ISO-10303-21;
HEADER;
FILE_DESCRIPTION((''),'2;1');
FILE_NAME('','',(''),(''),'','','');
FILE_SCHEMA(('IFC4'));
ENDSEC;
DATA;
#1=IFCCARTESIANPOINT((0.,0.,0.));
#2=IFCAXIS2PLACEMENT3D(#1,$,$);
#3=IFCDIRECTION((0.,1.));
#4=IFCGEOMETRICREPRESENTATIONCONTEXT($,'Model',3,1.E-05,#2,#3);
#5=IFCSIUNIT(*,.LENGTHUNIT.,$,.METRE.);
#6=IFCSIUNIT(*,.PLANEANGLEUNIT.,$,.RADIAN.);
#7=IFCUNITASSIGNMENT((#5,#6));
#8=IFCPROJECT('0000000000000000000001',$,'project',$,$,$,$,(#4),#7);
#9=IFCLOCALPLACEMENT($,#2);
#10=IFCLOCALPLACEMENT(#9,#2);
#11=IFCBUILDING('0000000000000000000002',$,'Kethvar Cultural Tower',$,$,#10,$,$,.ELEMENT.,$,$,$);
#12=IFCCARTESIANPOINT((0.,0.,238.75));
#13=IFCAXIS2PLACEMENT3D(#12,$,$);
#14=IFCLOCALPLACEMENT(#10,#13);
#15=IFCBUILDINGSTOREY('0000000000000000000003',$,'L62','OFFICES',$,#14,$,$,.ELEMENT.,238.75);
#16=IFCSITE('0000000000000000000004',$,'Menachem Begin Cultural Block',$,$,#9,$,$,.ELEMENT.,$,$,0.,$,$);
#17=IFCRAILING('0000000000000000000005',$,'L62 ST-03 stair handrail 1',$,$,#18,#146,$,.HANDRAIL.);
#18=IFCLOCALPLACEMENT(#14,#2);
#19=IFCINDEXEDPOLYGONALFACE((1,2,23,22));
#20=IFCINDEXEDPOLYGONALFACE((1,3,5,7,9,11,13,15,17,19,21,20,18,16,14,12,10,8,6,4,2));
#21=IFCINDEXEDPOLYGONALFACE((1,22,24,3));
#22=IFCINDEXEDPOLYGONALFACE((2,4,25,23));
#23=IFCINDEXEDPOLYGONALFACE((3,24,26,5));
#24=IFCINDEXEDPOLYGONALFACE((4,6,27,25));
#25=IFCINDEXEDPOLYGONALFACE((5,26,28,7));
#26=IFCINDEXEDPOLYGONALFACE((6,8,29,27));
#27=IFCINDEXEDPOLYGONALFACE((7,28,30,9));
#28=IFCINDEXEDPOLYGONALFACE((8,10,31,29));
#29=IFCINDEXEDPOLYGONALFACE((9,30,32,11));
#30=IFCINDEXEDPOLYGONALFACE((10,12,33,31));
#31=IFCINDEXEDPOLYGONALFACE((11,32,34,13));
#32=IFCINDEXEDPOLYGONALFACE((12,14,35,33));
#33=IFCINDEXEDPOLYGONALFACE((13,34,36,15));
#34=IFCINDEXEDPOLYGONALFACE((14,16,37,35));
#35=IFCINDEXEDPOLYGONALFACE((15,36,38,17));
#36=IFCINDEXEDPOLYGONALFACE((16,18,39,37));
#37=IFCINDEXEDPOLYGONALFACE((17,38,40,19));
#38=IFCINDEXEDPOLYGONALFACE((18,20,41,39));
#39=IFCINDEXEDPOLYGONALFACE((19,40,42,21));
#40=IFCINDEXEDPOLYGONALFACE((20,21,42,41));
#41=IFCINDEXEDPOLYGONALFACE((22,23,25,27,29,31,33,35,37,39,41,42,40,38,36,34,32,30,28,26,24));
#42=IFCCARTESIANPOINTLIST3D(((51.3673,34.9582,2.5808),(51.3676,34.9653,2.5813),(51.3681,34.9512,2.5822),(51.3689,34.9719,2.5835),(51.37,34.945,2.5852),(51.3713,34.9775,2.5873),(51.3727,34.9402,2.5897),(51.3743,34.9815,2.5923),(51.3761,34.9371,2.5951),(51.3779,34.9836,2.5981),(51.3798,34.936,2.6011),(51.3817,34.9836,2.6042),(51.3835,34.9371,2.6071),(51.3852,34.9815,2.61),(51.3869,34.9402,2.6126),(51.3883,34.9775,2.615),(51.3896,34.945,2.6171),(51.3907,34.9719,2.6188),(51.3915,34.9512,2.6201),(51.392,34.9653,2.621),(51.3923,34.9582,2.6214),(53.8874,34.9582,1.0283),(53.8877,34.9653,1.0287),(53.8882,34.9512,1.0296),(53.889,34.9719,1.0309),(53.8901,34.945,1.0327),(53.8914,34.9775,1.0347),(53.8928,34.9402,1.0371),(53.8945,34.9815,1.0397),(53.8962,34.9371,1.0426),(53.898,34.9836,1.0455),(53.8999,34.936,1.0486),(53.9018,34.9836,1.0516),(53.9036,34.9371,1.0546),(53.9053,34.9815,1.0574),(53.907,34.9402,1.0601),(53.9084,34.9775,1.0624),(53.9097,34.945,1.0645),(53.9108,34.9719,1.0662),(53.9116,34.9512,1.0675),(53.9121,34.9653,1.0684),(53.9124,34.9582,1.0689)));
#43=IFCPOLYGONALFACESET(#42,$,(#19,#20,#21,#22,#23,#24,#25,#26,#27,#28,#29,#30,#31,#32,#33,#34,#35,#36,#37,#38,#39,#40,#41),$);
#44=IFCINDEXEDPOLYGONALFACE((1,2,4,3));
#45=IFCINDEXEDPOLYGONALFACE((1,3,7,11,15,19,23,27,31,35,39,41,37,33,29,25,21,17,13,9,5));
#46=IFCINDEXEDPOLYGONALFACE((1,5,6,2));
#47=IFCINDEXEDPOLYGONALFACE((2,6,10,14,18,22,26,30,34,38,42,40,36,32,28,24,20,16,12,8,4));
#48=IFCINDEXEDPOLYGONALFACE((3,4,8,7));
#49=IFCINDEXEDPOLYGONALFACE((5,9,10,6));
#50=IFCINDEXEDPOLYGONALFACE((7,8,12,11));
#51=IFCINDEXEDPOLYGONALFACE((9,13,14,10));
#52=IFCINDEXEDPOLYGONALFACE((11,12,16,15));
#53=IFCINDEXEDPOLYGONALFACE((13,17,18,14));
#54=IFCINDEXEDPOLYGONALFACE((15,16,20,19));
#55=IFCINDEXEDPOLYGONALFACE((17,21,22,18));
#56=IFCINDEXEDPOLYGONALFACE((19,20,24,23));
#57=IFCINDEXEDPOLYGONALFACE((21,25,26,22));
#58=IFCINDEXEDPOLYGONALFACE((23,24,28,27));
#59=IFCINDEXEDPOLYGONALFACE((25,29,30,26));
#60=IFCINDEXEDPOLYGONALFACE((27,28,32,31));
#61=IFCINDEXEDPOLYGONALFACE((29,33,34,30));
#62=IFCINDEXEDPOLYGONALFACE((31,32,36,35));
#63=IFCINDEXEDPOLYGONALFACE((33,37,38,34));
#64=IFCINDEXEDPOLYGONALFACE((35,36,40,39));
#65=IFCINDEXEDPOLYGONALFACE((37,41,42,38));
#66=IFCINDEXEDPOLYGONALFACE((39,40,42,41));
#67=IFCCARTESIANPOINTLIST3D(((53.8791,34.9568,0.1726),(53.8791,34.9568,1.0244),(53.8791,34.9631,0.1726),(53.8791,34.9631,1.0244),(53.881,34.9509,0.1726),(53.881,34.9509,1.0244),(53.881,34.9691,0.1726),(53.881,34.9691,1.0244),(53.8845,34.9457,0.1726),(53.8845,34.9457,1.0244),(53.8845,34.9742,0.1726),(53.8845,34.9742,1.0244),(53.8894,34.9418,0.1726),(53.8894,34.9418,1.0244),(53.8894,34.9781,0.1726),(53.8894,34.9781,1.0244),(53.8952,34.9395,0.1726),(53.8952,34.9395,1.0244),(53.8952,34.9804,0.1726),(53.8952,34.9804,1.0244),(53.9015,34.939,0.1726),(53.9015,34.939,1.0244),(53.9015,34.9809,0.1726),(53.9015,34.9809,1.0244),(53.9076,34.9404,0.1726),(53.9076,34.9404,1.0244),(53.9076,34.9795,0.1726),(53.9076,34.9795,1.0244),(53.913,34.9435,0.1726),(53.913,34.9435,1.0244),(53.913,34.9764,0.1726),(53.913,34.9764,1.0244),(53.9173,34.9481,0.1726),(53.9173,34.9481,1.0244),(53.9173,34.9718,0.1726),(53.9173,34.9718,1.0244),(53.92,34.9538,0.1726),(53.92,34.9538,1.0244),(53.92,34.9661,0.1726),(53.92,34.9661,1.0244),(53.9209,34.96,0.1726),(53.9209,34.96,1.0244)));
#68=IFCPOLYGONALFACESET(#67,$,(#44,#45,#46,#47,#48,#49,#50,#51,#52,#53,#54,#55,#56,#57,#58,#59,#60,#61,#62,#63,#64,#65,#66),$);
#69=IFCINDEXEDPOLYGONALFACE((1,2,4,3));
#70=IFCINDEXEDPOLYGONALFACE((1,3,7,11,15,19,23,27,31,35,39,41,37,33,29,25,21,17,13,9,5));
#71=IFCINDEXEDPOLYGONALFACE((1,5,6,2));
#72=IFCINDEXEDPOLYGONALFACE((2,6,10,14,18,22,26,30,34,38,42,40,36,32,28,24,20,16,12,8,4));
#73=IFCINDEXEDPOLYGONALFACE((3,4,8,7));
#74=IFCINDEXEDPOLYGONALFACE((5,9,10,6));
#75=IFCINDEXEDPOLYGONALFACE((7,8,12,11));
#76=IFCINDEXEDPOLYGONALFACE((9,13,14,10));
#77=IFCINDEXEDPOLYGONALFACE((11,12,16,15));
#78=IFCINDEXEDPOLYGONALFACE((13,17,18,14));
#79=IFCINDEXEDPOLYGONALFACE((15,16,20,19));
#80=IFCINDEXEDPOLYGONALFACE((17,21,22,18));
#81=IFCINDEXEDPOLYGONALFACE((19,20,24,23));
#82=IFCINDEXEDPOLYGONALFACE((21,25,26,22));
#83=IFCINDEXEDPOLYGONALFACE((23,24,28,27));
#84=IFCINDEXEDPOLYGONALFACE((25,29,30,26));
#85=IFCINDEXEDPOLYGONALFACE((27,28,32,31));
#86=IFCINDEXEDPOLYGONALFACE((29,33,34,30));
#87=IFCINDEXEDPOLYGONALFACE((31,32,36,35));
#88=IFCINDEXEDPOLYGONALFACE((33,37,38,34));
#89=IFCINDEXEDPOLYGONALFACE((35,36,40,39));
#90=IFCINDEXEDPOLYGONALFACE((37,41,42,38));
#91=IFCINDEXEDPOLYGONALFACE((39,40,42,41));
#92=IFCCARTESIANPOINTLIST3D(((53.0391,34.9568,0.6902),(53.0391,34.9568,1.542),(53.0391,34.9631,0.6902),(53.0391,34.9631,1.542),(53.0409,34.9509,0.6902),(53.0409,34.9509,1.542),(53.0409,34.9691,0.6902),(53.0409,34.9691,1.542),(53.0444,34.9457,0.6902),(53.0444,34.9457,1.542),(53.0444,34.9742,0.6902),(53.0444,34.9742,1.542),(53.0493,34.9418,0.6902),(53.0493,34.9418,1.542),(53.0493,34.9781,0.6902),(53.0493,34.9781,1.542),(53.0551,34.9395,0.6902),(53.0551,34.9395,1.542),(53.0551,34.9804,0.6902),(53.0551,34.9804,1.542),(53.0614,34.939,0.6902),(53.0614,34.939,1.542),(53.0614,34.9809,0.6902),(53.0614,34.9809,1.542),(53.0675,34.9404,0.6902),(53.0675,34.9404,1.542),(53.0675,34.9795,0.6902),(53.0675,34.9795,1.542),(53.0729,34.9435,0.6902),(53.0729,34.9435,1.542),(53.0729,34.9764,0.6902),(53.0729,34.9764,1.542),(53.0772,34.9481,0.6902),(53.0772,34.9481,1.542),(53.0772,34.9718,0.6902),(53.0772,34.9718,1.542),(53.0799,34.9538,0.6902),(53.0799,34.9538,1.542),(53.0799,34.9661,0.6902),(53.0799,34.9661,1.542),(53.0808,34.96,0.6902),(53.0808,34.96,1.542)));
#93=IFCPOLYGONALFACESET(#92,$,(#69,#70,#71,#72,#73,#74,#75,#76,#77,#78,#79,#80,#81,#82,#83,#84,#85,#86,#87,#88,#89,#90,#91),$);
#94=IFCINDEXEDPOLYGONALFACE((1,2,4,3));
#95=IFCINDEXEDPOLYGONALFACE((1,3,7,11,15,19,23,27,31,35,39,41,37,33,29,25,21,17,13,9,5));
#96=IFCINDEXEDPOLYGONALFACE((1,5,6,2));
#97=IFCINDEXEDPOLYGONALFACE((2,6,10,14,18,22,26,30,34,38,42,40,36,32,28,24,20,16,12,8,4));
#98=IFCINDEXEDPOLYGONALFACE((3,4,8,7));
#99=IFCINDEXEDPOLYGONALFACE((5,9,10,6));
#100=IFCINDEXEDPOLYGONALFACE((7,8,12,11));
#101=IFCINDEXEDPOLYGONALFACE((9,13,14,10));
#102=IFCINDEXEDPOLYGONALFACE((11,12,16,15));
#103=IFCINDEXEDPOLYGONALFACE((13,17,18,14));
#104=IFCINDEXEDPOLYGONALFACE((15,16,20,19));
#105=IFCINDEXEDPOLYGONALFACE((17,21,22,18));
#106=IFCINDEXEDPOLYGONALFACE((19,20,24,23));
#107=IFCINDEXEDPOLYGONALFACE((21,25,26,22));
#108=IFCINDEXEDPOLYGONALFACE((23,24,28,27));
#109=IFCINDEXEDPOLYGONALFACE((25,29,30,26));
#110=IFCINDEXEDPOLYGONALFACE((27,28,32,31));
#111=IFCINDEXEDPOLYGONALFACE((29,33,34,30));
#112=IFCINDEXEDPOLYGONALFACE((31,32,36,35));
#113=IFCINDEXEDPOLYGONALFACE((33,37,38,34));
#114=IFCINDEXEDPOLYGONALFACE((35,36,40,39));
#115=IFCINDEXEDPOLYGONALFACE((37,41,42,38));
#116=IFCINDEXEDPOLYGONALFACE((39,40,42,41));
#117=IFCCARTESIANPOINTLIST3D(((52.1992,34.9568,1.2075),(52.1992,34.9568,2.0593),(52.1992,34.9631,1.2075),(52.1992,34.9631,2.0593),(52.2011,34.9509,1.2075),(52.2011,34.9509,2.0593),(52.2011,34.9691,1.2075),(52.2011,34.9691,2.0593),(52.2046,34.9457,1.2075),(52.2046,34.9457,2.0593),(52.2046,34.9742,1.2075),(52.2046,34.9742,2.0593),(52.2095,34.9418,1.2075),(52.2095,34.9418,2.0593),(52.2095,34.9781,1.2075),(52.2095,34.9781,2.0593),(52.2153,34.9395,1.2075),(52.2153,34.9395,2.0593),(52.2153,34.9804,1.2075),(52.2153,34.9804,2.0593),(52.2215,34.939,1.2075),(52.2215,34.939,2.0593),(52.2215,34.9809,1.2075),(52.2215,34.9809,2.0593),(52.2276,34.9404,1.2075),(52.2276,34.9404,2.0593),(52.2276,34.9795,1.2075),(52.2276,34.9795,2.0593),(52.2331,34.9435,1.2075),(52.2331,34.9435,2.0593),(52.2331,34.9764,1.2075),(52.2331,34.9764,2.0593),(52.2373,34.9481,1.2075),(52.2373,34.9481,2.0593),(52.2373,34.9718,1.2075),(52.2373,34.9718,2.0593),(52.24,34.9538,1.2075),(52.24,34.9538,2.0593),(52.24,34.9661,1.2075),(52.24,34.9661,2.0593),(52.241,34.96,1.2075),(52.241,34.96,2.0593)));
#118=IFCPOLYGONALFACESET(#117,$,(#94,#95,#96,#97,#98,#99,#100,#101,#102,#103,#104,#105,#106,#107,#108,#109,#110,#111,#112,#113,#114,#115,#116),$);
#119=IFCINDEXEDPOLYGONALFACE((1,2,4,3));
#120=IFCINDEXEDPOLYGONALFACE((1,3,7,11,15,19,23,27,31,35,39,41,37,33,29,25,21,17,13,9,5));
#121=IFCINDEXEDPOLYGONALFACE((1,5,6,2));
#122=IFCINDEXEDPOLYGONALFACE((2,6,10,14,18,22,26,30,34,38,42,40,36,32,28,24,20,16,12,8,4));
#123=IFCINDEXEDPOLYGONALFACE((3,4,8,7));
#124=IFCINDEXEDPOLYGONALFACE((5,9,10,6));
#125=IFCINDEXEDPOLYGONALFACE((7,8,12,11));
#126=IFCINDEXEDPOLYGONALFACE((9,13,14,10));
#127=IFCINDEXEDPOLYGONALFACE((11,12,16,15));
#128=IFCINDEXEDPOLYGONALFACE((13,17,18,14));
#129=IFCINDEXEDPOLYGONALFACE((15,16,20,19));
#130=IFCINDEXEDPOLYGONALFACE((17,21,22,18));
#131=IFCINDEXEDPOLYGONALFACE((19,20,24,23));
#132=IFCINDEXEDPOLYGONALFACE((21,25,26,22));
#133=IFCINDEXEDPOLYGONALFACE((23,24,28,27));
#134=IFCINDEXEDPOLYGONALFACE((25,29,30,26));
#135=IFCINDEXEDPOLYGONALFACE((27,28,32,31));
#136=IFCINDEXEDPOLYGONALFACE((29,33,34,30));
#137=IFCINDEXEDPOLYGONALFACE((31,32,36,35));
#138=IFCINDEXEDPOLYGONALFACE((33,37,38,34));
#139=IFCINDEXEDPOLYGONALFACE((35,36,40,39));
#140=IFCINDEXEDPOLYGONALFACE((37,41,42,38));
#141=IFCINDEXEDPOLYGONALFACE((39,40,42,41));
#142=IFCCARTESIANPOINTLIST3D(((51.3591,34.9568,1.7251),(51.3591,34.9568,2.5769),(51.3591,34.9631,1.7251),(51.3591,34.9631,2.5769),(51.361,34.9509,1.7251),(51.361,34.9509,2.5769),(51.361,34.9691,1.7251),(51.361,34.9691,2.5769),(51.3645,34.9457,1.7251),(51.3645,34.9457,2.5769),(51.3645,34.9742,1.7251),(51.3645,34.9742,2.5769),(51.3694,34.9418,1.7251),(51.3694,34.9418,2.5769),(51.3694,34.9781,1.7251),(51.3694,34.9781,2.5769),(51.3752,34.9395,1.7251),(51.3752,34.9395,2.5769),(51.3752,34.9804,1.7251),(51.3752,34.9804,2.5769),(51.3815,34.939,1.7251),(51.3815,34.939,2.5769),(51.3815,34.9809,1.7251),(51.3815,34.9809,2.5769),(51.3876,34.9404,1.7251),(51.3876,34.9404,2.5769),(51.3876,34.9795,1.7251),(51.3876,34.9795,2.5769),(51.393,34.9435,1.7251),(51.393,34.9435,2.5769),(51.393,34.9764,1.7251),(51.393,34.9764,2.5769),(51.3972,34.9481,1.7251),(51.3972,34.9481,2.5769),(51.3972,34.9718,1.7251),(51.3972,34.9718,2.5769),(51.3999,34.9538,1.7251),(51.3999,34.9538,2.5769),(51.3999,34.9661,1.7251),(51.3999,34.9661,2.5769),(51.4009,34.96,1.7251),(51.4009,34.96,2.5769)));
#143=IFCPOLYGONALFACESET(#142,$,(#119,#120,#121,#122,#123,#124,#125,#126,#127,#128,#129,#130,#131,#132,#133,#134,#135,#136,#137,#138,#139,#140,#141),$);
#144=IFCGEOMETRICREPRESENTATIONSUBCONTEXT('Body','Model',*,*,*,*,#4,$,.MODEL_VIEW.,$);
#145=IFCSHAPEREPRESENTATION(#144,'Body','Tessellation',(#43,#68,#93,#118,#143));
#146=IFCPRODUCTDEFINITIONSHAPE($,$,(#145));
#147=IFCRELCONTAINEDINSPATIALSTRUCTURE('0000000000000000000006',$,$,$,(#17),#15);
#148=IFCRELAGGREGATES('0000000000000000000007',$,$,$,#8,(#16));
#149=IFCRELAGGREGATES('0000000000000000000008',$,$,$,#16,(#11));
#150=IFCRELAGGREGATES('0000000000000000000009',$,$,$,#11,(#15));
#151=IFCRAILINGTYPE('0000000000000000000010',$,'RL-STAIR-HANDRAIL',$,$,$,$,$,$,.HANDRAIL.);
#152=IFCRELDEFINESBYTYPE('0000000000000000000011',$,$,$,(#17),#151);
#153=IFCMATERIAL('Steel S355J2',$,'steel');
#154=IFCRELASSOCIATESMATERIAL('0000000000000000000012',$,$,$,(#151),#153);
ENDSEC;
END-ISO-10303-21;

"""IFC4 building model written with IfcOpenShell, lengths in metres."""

from ifc_helpers import new_model, si_unit, direction, frame, origin, origin_2d, place, context, subcontext, project, spatial, circle, extrude, material, type_object, element, save


model = new_model("IFC4")

# Units and contexts
model_context = context("Model", 3, precision=1e-05, world=origin(), true_north=direction((0.0, 1.0)))
body_context = subcontext(model_context, "Body", "Model", "MODEL_VIEW")
ifc_project = project(units=[si_unit("LENGTHUNIT", "METRE"), si_unit("PLANEANGLEUNIT", "RADIAN")], contexts=[model_context])

# Site, building, storey
site_placement = place(None, origin())
site = spatial("IfcSite", under=ifc_project, at=site_placement, Name="Menachem Begin Cultural Block", CompositionType="ELEMENT", RefElevation=0.0)
building_placement = place(site_placement, origin())
building = spatial("IfcBuilding", under=site, at=building_placement, Name="Kethvar Cultural Tower", CompositionType="ELEMENT")
storey_placement = place(building_placement, frame((0.0, 0.0, 238.75)))
storey = spatial("IfcBuildingStorey", under=building, at=storey_placement, Name="L62", Description="OFFICES", CompositionType="ELEMENT", Elevation=238.75)

# Shared definitions
ifc_material_1 = material(Name="Steel S355J2", Category="steel")

# Railing
railing_type_1 = type_object("IfcRailingType", Name="RL-STAIR-HANDRAIL", PredefinedType="HANDRAIL", material=ifc_material_1)
railing_1_placement = place(storey_placement, frame((53.8999, 34.96, 0.1726)))
element("IfcRailing", 1, at=railing_1_placement, inside=storey, type_object=railing_type_1, Name="L62 ST-03 stair handrail 1", PredefinedType="HANDRAIL", context=body_context, shape_type="SweptSolid", body=[
    extrude(circle(Radius=0.0239, at=origin_2d()), frame((0.0, 0.0, 0.876), z_axis=(-0.8514, 0.0, 0.524516), x_axis=(0.0, -1.0, 0.0)), (0.0, 0.0, 1.0), 2.96),
    extrude(circle(Radius=0.021, at=origin_2d()), origin(), (0.0, 0.0, 1.0), 0.8518),
    extrude(circle(Radius=0.021, at=origin_2d()), frame((-0.8401, 0.0, 0.5176)), (0.0, 0.0, 1.0), 0.8518),
    extrude(circle(Radius=0.021, at=origin_2d()), frame((-1.6799, 0.0, 1.0349)), (0.0, 0.0, 1.0), 0.8518),
    extrude(circle(Radius=0.021, at=origin_2d()), frame((-2.52, 0.0, 1.5525)), (0.0, 0.0, 1.0), 0.8518),
])

save(model, "model.ifc")
